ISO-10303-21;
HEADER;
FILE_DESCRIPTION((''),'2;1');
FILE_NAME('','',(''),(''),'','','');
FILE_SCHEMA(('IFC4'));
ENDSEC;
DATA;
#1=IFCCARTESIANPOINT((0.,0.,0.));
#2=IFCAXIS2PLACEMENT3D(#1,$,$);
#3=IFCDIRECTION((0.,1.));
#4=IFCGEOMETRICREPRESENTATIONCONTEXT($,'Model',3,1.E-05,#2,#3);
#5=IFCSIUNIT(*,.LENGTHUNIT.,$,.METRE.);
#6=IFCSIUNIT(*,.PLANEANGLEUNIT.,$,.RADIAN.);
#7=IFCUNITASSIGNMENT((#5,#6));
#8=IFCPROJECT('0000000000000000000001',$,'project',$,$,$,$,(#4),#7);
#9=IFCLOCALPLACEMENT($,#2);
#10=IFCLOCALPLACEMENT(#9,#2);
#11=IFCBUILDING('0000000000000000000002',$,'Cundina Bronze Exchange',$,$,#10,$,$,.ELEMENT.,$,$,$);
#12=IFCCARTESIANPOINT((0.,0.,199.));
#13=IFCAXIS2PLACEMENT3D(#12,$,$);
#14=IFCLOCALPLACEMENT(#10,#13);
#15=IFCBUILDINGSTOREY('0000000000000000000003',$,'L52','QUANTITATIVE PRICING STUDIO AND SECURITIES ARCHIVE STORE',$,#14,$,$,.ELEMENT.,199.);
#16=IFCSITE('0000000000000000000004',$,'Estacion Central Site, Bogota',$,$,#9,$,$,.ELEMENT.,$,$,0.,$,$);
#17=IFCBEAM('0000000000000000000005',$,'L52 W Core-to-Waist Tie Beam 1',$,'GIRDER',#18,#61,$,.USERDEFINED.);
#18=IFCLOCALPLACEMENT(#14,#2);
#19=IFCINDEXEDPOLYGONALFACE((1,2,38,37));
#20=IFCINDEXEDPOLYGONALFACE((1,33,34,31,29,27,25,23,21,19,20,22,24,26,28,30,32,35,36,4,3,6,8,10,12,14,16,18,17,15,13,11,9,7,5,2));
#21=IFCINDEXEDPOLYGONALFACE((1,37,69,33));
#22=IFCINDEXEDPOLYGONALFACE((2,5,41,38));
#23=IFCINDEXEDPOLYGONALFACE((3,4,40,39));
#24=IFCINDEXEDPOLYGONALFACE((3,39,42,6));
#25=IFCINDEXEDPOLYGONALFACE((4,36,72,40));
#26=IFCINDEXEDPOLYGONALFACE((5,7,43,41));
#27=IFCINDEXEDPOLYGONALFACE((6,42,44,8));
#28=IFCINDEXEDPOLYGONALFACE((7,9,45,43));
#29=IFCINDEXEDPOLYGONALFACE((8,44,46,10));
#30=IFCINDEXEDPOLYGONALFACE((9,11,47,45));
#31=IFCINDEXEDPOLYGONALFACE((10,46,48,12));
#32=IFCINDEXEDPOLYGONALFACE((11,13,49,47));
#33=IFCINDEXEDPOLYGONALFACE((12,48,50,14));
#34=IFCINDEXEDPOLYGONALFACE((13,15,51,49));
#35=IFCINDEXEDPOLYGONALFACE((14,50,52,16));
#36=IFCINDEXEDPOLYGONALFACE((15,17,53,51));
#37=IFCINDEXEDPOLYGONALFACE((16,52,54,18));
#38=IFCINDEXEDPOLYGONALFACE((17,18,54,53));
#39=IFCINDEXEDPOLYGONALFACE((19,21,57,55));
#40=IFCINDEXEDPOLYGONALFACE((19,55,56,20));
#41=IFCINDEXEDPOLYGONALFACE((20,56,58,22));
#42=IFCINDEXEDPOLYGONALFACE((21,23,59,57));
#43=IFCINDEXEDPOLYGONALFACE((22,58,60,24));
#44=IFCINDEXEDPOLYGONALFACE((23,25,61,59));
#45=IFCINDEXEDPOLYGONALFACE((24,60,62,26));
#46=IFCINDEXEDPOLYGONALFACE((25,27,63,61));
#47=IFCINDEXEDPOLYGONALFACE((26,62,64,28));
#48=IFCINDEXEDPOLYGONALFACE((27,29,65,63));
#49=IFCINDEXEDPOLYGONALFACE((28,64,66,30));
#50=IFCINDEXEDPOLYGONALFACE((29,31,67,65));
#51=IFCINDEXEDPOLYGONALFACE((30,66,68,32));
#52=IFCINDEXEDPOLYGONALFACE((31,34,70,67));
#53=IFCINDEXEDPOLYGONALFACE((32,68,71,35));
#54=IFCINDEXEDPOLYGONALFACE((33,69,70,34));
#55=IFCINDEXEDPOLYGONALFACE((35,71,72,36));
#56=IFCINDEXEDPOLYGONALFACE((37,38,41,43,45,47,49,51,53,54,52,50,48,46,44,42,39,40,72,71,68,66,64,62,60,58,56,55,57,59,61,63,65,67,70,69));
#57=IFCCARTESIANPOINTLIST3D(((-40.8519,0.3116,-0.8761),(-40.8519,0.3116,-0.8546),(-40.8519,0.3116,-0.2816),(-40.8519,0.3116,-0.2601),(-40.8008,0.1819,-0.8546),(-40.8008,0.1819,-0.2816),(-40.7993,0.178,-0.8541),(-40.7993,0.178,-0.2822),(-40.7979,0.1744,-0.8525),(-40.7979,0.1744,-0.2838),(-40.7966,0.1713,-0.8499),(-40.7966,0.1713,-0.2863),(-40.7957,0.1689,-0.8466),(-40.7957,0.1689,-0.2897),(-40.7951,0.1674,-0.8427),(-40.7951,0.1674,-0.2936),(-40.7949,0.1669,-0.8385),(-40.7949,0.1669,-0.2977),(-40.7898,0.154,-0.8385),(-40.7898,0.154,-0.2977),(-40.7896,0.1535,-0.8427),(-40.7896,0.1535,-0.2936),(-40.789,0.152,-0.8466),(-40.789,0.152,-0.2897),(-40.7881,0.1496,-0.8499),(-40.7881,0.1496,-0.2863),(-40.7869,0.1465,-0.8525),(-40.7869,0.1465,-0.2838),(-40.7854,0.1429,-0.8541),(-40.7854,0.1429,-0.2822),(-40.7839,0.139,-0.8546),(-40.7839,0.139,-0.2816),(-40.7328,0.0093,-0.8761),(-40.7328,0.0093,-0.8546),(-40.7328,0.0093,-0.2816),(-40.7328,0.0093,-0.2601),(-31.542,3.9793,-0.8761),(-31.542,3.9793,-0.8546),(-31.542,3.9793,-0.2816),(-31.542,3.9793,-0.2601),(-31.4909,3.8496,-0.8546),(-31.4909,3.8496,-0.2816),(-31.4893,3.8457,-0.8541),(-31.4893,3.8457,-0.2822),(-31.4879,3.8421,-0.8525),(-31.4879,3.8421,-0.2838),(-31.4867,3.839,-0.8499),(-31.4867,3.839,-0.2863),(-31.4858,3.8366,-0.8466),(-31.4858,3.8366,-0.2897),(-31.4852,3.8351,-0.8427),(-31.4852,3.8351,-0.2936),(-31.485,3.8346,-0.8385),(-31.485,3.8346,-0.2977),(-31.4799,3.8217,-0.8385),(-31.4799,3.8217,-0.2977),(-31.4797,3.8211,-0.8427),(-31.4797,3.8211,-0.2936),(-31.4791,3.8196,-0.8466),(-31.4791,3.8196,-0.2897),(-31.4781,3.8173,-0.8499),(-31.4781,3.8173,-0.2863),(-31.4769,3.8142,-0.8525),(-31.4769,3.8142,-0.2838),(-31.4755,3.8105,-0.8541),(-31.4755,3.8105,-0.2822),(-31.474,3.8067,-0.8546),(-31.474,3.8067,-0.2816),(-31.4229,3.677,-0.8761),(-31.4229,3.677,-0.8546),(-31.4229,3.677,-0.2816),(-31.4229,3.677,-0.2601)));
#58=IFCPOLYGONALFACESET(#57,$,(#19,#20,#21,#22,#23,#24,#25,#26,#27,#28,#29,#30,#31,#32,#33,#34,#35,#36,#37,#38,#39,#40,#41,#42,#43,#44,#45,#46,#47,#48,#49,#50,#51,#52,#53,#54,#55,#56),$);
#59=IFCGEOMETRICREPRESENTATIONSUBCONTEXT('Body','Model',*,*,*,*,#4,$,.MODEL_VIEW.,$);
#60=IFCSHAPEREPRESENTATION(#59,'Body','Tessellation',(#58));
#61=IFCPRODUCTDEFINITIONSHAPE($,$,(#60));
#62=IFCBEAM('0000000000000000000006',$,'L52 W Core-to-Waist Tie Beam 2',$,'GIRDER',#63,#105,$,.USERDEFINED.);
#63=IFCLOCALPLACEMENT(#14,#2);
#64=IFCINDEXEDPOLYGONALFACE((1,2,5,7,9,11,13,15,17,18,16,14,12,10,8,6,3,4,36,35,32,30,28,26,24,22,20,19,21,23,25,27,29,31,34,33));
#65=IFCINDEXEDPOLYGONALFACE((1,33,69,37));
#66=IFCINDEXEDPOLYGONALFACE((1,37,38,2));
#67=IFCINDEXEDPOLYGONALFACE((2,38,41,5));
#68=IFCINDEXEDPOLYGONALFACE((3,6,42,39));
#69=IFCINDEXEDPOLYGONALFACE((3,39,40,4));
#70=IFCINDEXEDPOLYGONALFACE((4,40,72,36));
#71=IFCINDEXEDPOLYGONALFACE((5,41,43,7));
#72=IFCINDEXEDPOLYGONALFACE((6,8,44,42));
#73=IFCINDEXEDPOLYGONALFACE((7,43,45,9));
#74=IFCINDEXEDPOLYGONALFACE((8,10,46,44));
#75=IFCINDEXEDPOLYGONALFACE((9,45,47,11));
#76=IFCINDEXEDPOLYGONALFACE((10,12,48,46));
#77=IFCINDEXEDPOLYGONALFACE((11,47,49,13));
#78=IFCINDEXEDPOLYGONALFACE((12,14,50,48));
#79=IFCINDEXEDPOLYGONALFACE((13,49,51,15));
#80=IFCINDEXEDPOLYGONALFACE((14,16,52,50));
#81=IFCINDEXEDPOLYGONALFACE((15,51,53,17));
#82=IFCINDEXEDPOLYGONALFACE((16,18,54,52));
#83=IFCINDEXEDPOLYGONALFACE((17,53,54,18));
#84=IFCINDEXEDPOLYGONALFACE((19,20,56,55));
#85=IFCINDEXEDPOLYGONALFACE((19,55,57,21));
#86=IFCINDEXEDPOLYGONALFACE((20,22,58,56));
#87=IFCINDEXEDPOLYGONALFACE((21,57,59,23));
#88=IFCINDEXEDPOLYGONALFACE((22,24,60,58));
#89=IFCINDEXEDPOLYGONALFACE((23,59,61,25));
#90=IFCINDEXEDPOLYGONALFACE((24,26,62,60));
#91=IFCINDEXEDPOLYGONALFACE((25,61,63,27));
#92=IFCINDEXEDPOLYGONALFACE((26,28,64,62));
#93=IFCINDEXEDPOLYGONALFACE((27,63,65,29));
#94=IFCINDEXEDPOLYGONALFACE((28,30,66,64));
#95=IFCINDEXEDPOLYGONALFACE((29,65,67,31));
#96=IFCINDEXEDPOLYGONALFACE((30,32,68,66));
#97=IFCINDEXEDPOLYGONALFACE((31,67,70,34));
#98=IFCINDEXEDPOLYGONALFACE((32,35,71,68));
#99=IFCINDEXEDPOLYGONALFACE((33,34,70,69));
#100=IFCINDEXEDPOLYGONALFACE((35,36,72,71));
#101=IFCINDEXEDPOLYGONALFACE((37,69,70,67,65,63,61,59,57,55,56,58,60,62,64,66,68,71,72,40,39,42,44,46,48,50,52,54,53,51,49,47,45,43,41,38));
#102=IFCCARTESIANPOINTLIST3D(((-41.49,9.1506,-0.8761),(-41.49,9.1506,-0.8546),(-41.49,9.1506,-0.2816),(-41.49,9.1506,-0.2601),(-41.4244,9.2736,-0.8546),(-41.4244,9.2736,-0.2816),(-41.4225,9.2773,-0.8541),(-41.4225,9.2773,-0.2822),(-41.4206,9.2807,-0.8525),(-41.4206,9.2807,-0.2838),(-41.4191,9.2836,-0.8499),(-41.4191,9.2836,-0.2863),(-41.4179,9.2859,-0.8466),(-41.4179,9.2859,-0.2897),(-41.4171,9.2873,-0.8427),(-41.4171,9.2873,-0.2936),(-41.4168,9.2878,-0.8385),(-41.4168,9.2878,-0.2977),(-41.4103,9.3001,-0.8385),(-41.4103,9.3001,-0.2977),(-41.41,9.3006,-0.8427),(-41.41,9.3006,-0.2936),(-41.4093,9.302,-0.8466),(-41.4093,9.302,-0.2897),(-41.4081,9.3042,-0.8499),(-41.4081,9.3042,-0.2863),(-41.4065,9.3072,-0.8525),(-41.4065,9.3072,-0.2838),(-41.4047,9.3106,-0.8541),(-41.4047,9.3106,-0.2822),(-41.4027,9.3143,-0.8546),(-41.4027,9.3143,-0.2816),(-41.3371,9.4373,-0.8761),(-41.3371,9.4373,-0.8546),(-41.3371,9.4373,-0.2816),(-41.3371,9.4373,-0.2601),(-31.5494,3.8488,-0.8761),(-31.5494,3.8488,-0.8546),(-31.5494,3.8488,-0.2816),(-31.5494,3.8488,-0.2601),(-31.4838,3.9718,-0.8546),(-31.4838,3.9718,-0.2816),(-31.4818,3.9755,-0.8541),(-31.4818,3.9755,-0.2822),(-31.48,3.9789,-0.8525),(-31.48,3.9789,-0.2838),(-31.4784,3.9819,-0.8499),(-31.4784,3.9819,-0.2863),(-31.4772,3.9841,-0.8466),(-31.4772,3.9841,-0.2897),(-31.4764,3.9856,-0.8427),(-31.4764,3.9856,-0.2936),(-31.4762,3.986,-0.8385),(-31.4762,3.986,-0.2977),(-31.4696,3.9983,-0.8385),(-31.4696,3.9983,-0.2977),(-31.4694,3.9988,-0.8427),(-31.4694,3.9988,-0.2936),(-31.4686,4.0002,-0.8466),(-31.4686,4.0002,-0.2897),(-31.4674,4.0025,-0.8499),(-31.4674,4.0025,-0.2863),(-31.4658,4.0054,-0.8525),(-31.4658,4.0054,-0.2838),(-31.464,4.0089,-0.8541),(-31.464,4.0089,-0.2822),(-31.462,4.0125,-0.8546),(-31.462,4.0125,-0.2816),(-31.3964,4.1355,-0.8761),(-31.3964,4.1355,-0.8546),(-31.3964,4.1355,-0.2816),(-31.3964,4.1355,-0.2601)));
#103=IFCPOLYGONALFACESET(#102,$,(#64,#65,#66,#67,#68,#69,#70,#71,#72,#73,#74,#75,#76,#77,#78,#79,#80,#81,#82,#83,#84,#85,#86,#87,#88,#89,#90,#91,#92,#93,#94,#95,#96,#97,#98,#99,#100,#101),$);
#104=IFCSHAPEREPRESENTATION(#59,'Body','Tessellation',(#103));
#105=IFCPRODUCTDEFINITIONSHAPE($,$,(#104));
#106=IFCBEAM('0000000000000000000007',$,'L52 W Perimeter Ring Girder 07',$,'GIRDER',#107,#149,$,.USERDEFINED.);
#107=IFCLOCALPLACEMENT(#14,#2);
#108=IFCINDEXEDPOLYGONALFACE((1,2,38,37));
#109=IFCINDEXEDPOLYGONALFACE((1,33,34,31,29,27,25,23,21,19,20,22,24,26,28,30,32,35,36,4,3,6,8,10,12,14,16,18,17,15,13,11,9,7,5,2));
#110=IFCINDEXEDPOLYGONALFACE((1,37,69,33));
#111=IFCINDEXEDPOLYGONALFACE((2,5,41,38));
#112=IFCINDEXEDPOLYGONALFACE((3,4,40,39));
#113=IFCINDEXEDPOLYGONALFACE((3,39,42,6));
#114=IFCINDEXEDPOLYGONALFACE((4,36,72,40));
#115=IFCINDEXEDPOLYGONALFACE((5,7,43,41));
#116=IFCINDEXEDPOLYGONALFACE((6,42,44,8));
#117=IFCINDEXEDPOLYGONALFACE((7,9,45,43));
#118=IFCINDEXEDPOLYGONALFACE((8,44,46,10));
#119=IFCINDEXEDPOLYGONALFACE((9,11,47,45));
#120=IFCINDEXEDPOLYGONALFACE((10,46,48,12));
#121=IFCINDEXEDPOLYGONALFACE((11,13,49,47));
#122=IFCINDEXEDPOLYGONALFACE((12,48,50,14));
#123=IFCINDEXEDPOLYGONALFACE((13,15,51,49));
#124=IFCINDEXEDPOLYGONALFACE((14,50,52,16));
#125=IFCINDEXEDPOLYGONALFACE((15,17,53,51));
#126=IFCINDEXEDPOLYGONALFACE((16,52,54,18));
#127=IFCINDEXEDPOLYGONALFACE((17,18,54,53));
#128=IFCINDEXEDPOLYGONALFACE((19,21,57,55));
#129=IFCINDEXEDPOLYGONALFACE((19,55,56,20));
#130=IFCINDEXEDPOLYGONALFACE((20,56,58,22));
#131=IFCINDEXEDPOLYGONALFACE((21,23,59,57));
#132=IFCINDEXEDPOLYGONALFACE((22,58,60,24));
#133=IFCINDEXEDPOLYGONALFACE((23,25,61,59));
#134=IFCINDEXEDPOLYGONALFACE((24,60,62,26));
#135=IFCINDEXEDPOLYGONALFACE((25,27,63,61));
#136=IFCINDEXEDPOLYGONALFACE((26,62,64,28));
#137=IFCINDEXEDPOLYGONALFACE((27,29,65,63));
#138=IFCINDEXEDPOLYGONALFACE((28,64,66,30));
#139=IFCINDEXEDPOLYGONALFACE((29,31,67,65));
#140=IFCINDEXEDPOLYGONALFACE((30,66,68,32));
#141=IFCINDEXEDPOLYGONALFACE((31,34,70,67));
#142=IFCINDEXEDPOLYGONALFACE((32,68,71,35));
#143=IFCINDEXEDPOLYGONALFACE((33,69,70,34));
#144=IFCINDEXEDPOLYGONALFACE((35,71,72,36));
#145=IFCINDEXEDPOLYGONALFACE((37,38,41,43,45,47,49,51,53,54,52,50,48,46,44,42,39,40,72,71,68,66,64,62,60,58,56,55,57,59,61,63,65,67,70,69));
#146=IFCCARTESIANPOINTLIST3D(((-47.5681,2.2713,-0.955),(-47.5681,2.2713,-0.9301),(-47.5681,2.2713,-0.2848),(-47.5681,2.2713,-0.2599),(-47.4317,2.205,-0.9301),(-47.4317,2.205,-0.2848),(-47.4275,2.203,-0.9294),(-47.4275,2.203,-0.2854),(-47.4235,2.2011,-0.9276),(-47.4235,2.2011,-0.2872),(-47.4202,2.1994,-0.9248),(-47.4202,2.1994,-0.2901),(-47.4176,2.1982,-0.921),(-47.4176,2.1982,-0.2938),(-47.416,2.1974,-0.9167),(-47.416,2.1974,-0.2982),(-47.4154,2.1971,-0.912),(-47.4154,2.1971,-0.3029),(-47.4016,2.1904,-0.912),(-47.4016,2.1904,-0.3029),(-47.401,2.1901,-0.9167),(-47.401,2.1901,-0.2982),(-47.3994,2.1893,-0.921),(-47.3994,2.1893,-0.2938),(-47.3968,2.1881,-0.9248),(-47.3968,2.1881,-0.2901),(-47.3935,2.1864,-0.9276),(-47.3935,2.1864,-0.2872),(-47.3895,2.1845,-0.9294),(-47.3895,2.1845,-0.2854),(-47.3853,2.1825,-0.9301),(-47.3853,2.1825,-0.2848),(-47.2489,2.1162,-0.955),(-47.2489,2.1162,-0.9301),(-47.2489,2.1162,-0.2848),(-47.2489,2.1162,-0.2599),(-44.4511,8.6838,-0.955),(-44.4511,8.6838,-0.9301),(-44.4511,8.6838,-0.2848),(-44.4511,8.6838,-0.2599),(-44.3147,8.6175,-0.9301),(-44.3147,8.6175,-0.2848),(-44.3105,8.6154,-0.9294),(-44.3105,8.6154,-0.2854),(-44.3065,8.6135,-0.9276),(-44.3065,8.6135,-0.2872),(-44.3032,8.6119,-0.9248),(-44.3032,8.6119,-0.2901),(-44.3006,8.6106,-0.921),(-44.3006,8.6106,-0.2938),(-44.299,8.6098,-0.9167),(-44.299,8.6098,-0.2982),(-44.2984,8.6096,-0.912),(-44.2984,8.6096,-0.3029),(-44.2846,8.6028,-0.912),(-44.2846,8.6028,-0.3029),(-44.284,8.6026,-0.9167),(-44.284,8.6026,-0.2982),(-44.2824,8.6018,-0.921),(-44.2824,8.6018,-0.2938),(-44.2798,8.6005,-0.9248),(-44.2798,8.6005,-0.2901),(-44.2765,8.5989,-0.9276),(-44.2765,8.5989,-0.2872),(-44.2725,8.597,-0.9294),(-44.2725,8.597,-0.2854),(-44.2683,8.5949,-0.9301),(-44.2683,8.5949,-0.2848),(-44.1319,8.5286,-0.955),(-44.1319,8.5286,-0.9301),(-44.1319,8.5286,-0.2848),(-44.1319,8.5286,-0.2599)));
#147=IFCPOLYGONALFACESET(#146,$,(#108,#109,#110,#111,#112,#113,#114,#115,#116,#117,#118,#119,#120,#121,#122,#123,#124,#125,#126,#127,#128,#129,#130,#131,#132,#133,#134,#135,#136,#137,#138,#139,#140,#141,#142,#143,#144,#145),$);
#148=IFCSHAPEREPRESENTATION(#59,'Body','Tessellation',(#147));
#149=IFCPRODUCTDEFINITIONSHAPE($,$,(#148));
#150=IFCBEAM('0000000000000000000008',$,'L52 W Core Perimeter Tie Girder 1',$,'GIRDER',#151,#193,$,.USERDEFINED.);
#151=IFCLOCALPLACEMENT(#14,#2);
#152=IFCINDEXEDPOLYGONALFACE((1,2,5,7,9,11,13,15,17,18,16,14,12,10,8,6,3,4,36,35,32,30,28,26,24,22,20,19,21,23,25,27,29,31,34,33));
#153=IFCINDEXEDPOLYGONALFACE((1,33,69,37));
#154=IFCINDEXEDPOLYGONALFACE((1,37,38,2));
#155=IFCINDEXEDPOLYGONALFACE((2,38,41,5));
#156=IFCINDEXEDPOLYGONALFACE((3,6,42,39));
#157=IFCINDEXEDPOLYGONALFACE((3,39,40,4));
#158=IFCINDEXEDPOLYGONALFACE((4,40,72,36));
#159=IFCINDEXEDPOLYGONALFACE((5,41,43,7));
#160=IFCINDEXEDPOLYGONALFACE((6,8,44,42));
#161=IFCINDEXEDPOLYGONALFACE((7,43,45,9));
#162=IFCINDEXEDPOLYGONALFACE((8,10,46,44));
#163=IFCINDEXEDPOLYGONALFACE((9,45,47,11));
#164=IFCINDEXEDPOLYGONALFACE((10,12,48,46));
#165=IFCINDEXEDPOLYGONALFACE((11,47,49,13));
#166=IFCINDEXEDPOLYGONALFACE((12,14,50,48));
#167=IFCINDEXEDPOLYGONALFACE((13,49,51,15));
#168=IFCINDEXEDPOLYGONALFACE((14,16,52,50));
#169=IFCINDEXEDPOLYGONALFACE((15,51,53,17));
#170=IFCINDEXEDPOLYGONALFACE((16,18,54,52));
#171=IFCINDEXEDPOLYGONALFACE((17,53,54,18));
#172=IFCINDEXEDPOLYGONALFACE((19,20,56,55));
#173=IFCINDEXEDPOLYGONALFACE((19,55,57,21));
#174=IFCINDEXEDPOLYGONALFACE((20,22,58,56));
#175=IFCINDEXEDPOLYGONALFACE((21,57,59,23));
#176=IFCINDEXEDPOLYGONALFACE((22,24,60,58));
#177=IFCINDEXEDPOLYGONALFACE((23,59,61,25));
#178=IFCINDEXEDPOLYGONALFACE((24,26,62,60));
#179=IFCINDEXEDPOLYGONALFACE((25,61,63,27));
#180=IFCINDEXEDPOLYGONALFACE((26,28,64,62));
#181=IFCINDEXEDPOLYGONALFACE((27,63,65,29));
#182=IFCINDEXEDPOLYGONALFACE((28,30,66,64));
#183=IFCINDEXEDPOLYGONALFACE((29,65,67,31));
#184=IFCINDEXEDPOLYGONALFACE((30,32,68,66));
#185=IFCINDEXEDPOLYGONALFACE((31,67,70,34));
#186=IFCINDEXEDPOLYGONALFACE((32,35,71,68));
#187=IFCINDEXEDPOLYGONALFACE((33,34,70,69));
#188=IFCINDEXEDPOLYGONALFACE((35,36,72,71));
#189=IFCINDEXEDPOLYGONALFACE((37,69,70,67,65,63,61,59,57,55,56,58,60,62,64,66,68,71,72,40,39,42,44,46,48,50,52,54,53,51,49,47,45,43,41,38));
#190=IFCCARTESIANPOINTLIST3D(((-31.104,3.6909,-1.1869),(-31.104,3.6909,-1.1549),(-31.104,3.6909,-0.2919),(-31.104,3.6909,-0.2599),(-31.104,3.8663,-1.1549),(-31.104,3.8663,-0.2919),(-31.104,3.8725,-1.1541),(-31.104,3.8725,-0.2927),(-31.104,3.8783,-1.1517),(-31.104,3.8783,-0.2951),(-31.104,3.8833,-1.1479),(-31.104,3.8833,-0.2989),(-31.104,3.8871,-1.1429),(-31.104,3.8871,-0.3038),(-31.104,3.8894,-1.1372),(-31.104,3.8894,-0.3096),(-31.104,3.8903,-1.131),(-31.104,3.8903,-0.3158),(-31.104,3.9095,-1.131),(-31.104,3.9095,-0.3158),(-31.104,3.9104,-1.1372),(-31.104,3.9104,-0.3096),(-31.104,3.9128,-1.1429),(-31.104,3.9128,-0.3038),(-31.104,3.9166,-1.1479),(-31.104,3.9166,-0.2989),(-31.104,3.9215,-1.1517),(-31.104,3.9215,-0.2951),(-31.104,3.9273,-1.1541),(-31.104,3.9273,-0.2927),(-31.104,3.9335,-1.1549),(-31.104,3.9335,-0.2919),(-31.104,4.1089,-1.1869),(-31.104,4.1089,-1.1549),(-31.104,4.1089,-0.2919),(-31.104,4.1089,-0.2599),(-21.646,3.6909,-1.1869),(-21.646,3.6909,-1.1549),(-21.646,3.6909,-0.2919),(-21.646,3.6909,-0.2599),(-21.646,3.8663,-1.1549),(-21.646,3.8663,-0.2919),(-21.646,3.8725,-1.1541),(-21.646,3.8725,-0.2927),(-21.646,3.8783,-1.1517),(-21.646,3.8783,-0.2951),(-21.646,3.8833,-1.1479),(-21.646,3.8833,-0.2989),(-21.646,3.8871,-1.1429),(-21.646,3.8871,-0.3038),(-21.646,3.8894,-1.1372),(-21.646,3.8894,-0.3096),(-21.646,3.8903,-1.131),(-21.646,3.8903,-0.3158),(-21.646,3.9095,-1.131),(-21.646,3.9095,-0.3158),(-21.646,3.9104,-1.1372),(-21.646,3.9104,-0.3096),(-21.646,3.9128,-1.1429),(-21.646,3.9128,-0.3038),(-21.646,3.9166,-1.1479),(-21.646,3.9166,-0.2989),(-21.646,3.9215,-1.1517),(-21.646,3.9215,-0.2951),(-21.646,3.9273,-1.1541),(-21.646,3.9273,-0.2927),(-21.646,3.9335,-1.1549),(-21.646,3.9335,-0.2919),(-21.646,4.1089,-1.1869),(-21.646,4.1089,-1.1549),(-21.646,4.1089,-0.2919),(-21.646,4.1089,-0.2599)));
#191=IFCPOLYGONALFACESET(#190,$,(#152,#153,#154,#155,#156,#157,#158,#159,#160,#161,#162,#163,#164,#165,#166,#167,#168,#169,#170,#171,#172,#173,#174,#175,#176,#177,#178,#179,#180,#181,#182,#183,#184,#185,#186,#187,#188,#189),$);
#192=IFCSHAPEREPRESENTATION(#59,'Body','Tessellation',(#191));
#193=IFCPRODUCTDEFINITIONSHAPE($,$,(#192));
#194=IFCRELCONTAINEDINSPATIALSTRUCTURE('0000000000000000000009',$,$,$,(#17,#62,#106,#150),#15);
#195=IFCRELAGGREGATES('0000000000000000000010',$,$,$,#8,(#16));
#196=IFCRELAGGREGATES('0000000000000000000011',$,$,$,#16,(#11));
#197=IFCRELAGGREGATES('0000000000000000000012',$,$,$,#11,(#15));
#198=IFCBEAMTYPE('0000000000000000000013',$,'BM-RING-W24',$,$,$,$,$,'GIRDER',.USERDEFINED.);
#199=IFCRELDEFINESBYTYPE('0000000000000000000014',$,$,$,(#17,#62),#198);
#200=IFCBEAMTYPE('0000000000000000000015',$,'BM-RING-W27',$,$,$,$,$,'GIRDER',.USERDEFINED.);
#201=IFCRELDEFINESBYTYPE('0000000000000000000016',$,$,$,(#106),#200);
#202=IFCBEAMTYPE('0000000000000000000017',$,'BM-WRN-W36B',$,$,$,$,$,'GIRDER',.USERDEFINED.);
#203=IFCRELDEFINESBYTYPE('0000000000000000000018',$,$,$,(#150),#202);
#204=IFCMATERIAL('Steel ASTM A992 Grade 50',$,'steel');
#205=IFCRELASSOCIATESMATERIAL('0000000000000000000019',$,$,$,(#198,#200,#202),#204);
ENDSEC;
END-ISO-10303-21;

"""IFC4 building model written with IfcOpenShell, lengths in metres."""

from ifc_helpers import new_model, si_unit, direction, frame, origin, origin_2d, place, context, subcontext, project, spatial, i_section, extrude, material, material_profile, profile_set, type_object, element, save


model = new_model("IFC4")

# Units and contexts
model_context = context("Model", 3, precision=1e-05, world=origin(), true_north=direction((0.0, 1.0)))
body_context = subcontext(model_context, "Body", "Model", "MODEL_VIEW")
ifc_project = project(units=[si_unit("LENGTHUNIT", "METRE"), si_unit("PLANEANGLEUNIT", "RADIAN")], contexts=[model_context])

# Site, building, storey
site_placement = place(None, origin())
site = spatial("IfcSite", under=ifc_project, at=site_placement, Name="Estacion Central Site, Bogota", CompositionType="ELEMENT", RefElevation=0.0)
building_placement = place(site_placement, origin())
building = spatial("IfcBuilding", under=site, at=building_placement, Name="Cundina Bronze Exchange", CompositionType="ELEMENT")
storey_placement = place(building_placement, frame((0.0, 0.0, 199.0)))
storey = spatial("IfcBuildingStorey", under=building, at=storey_placement, Name="L52", Description="QUANTITATIVE PRICING STUDIO AND SECURITIES ARCHIVE STORE", CompositionType="ELEMENT", Elevation=199.0)

# Shared definitions
ifc_material_1 = material(Name="Steel ASTM A992 Grade 50", Category="steel")

# Beams
ifc_material_profile_1 = material_profile(ifc_material_1, i_section(OverallWidth=0.325, OverallDepth=0.616, WebThickness=0.0139, FlangeThickness=0.0215, FilletRadius=0.0161, at=origin_2d()), Name="W24X117", Category="steel")
ifc_profile_set_1 = profile_set([ifc_material_profile_1], Name="Steel ASTM A992 Grade 50")
beam_type_1 = type_object("IfcBeamType", Name="BM-RING-W24", ElementType="GIRDER", PredefinedType="USERDEFINED", material=ifc_profile_set_1)
beam_1_placement = place(storey_placement, frame((-31.4824, 3.8281, -0.5681), z_axis=(-0.930404, -0.366535, 0.0), x_axis=(0.366535, -0.930404, 0.0)))
element("IfcBeam", 1, at=beam_1_placement, inside=storey, type_object=beam_type_1, Name="L52 W Core-to-Waist Tie Beam 1", ObjectType="GIRDER", PredefinedType="USERDEFINED", context=body_context, shape_type="SweptSolid", body=[
    extrude(i_section(OverallWidth=0.325, OverallDepth=0.616, WebThickness=0.0139, FlangeThickness=0.0215, FilletRadius=0.0161, at=origin_2d()), origin(), (0.0, 0.0, 1.0), 10.0063),
])
beam_2_placement = place(storey_placement, frame((-31.4729, 3.9922, -0.5681), z_axis=(-0.882351, 0.470593, 0.0), x_axis=(-0.470593, -0.882351, 0.0)))
element("IfcBeam", 2, at=beam_2_placement, inside=storey, type_object=beam_type_1, Name="L52 W Core-to-Waist Tie Beam 2", ObjectType="GIRDER", PredefinedType="USERDEFINED", context=body_context, shape_type="SweptSolid", body=[
    extrude(i_section(OverallWidth=0.325, OverallDepth=0.616, WebThickness=0.0139, FlangeThickness=0.0215, FilletRadius=0.0161, at=origin_2d()), origin(), (0.0, 0.0, 1.0), 11.2661),
])
ifc_material_profile_2 = material_profile(ifc_material_1, i_section(OverallWidth=0.355, OverallDepth=0.6951, WebThickness=0.0154, FlangeThickness=0.0249, FilletRadius=0.0181, at=origin_2d()), Name="W27X146", Category="steel")
ifc_profile_set_2 = profile_set([ifc_material_profile_2], Name="Steel ASTM A992 Grade 50")
beam_type_2 = type_object("IfcBeamType", Name="BM-RING-W27", ElementType="GIRDER", PredefinedType="USERDEFINED", material=ifc_profile_set_2)
beam_3_placement = place(storey_placement, frame((-44.2915, 8.6062, -0.6074), z_axis=(-0.437173, -0.899377, 0.0), x_axis=(0.899377, -0.437173, 0.0)))
element("IfcBeam", 3, at=beam_3_placement, inside=storey, type_object=beam_type_2, Name="L52 W Perimeter Ring Girder 07", ObjectType="GIRDER", PredefinedType="USERDEFINED", context=body_context, shape_type="SweptSolid", body=[
    extrude(i_section(OverallWidth=0.355, OverallDepth=0.6951, WebThickness=0.0154, FlangeThickness=0.0249, FilletRadius=0.0181, at=origin_2d()), origin(), (0.0, 0.0, 1.0), 7.1299),
])
ifc_material_profile_3 = material_profile(ifc_material_1, i_section(OverallWidth=0.418, OverallDepth=0.927, WebThickness=0.0193, FlangeThickness=0.032, FilletRadius=0.0239, at=origin_2d()), Name="W36X231", Category="steel")
ifc_profile_set_3 = profile_set([ifc_material_profile_3], Name="Steel ASTM A992 Grade 50")
beam_type_3 = type_object("IfcBeamType", Name="BM-WRN-W36B", ElementType="GIRDER", PredefinedType="USERDEFINED", material=ifc_profile_set_3)
beam_4_placement = place(storey_placement, frame((-31.104, 3.8999, -0.7234), z_axis=(1.0, 0.0, 0.0), x_axis=(0.0, 1.0, 0.0)))
element("IfcBeam", 4, at=beam_4_placement, inside=storey, type_object=beam_type_3, Name="L52 W Core Perimeter Tie Girder 1", ObjectType="GIRDER", PredefinedType="USERDEFINED", context=body_context, shape_type="SweptSolid", body=[
    extrude(i_section(OverallWidth=0.418, OverallDepth=0.927, WebThickness=0.0193, FlangeThickness=0.032, FilletRadius=0.0239, at=origin_2d()), origin(), (0.0, 0.0, 1.0), 9.458),
])

save(model, "model.ifc")
